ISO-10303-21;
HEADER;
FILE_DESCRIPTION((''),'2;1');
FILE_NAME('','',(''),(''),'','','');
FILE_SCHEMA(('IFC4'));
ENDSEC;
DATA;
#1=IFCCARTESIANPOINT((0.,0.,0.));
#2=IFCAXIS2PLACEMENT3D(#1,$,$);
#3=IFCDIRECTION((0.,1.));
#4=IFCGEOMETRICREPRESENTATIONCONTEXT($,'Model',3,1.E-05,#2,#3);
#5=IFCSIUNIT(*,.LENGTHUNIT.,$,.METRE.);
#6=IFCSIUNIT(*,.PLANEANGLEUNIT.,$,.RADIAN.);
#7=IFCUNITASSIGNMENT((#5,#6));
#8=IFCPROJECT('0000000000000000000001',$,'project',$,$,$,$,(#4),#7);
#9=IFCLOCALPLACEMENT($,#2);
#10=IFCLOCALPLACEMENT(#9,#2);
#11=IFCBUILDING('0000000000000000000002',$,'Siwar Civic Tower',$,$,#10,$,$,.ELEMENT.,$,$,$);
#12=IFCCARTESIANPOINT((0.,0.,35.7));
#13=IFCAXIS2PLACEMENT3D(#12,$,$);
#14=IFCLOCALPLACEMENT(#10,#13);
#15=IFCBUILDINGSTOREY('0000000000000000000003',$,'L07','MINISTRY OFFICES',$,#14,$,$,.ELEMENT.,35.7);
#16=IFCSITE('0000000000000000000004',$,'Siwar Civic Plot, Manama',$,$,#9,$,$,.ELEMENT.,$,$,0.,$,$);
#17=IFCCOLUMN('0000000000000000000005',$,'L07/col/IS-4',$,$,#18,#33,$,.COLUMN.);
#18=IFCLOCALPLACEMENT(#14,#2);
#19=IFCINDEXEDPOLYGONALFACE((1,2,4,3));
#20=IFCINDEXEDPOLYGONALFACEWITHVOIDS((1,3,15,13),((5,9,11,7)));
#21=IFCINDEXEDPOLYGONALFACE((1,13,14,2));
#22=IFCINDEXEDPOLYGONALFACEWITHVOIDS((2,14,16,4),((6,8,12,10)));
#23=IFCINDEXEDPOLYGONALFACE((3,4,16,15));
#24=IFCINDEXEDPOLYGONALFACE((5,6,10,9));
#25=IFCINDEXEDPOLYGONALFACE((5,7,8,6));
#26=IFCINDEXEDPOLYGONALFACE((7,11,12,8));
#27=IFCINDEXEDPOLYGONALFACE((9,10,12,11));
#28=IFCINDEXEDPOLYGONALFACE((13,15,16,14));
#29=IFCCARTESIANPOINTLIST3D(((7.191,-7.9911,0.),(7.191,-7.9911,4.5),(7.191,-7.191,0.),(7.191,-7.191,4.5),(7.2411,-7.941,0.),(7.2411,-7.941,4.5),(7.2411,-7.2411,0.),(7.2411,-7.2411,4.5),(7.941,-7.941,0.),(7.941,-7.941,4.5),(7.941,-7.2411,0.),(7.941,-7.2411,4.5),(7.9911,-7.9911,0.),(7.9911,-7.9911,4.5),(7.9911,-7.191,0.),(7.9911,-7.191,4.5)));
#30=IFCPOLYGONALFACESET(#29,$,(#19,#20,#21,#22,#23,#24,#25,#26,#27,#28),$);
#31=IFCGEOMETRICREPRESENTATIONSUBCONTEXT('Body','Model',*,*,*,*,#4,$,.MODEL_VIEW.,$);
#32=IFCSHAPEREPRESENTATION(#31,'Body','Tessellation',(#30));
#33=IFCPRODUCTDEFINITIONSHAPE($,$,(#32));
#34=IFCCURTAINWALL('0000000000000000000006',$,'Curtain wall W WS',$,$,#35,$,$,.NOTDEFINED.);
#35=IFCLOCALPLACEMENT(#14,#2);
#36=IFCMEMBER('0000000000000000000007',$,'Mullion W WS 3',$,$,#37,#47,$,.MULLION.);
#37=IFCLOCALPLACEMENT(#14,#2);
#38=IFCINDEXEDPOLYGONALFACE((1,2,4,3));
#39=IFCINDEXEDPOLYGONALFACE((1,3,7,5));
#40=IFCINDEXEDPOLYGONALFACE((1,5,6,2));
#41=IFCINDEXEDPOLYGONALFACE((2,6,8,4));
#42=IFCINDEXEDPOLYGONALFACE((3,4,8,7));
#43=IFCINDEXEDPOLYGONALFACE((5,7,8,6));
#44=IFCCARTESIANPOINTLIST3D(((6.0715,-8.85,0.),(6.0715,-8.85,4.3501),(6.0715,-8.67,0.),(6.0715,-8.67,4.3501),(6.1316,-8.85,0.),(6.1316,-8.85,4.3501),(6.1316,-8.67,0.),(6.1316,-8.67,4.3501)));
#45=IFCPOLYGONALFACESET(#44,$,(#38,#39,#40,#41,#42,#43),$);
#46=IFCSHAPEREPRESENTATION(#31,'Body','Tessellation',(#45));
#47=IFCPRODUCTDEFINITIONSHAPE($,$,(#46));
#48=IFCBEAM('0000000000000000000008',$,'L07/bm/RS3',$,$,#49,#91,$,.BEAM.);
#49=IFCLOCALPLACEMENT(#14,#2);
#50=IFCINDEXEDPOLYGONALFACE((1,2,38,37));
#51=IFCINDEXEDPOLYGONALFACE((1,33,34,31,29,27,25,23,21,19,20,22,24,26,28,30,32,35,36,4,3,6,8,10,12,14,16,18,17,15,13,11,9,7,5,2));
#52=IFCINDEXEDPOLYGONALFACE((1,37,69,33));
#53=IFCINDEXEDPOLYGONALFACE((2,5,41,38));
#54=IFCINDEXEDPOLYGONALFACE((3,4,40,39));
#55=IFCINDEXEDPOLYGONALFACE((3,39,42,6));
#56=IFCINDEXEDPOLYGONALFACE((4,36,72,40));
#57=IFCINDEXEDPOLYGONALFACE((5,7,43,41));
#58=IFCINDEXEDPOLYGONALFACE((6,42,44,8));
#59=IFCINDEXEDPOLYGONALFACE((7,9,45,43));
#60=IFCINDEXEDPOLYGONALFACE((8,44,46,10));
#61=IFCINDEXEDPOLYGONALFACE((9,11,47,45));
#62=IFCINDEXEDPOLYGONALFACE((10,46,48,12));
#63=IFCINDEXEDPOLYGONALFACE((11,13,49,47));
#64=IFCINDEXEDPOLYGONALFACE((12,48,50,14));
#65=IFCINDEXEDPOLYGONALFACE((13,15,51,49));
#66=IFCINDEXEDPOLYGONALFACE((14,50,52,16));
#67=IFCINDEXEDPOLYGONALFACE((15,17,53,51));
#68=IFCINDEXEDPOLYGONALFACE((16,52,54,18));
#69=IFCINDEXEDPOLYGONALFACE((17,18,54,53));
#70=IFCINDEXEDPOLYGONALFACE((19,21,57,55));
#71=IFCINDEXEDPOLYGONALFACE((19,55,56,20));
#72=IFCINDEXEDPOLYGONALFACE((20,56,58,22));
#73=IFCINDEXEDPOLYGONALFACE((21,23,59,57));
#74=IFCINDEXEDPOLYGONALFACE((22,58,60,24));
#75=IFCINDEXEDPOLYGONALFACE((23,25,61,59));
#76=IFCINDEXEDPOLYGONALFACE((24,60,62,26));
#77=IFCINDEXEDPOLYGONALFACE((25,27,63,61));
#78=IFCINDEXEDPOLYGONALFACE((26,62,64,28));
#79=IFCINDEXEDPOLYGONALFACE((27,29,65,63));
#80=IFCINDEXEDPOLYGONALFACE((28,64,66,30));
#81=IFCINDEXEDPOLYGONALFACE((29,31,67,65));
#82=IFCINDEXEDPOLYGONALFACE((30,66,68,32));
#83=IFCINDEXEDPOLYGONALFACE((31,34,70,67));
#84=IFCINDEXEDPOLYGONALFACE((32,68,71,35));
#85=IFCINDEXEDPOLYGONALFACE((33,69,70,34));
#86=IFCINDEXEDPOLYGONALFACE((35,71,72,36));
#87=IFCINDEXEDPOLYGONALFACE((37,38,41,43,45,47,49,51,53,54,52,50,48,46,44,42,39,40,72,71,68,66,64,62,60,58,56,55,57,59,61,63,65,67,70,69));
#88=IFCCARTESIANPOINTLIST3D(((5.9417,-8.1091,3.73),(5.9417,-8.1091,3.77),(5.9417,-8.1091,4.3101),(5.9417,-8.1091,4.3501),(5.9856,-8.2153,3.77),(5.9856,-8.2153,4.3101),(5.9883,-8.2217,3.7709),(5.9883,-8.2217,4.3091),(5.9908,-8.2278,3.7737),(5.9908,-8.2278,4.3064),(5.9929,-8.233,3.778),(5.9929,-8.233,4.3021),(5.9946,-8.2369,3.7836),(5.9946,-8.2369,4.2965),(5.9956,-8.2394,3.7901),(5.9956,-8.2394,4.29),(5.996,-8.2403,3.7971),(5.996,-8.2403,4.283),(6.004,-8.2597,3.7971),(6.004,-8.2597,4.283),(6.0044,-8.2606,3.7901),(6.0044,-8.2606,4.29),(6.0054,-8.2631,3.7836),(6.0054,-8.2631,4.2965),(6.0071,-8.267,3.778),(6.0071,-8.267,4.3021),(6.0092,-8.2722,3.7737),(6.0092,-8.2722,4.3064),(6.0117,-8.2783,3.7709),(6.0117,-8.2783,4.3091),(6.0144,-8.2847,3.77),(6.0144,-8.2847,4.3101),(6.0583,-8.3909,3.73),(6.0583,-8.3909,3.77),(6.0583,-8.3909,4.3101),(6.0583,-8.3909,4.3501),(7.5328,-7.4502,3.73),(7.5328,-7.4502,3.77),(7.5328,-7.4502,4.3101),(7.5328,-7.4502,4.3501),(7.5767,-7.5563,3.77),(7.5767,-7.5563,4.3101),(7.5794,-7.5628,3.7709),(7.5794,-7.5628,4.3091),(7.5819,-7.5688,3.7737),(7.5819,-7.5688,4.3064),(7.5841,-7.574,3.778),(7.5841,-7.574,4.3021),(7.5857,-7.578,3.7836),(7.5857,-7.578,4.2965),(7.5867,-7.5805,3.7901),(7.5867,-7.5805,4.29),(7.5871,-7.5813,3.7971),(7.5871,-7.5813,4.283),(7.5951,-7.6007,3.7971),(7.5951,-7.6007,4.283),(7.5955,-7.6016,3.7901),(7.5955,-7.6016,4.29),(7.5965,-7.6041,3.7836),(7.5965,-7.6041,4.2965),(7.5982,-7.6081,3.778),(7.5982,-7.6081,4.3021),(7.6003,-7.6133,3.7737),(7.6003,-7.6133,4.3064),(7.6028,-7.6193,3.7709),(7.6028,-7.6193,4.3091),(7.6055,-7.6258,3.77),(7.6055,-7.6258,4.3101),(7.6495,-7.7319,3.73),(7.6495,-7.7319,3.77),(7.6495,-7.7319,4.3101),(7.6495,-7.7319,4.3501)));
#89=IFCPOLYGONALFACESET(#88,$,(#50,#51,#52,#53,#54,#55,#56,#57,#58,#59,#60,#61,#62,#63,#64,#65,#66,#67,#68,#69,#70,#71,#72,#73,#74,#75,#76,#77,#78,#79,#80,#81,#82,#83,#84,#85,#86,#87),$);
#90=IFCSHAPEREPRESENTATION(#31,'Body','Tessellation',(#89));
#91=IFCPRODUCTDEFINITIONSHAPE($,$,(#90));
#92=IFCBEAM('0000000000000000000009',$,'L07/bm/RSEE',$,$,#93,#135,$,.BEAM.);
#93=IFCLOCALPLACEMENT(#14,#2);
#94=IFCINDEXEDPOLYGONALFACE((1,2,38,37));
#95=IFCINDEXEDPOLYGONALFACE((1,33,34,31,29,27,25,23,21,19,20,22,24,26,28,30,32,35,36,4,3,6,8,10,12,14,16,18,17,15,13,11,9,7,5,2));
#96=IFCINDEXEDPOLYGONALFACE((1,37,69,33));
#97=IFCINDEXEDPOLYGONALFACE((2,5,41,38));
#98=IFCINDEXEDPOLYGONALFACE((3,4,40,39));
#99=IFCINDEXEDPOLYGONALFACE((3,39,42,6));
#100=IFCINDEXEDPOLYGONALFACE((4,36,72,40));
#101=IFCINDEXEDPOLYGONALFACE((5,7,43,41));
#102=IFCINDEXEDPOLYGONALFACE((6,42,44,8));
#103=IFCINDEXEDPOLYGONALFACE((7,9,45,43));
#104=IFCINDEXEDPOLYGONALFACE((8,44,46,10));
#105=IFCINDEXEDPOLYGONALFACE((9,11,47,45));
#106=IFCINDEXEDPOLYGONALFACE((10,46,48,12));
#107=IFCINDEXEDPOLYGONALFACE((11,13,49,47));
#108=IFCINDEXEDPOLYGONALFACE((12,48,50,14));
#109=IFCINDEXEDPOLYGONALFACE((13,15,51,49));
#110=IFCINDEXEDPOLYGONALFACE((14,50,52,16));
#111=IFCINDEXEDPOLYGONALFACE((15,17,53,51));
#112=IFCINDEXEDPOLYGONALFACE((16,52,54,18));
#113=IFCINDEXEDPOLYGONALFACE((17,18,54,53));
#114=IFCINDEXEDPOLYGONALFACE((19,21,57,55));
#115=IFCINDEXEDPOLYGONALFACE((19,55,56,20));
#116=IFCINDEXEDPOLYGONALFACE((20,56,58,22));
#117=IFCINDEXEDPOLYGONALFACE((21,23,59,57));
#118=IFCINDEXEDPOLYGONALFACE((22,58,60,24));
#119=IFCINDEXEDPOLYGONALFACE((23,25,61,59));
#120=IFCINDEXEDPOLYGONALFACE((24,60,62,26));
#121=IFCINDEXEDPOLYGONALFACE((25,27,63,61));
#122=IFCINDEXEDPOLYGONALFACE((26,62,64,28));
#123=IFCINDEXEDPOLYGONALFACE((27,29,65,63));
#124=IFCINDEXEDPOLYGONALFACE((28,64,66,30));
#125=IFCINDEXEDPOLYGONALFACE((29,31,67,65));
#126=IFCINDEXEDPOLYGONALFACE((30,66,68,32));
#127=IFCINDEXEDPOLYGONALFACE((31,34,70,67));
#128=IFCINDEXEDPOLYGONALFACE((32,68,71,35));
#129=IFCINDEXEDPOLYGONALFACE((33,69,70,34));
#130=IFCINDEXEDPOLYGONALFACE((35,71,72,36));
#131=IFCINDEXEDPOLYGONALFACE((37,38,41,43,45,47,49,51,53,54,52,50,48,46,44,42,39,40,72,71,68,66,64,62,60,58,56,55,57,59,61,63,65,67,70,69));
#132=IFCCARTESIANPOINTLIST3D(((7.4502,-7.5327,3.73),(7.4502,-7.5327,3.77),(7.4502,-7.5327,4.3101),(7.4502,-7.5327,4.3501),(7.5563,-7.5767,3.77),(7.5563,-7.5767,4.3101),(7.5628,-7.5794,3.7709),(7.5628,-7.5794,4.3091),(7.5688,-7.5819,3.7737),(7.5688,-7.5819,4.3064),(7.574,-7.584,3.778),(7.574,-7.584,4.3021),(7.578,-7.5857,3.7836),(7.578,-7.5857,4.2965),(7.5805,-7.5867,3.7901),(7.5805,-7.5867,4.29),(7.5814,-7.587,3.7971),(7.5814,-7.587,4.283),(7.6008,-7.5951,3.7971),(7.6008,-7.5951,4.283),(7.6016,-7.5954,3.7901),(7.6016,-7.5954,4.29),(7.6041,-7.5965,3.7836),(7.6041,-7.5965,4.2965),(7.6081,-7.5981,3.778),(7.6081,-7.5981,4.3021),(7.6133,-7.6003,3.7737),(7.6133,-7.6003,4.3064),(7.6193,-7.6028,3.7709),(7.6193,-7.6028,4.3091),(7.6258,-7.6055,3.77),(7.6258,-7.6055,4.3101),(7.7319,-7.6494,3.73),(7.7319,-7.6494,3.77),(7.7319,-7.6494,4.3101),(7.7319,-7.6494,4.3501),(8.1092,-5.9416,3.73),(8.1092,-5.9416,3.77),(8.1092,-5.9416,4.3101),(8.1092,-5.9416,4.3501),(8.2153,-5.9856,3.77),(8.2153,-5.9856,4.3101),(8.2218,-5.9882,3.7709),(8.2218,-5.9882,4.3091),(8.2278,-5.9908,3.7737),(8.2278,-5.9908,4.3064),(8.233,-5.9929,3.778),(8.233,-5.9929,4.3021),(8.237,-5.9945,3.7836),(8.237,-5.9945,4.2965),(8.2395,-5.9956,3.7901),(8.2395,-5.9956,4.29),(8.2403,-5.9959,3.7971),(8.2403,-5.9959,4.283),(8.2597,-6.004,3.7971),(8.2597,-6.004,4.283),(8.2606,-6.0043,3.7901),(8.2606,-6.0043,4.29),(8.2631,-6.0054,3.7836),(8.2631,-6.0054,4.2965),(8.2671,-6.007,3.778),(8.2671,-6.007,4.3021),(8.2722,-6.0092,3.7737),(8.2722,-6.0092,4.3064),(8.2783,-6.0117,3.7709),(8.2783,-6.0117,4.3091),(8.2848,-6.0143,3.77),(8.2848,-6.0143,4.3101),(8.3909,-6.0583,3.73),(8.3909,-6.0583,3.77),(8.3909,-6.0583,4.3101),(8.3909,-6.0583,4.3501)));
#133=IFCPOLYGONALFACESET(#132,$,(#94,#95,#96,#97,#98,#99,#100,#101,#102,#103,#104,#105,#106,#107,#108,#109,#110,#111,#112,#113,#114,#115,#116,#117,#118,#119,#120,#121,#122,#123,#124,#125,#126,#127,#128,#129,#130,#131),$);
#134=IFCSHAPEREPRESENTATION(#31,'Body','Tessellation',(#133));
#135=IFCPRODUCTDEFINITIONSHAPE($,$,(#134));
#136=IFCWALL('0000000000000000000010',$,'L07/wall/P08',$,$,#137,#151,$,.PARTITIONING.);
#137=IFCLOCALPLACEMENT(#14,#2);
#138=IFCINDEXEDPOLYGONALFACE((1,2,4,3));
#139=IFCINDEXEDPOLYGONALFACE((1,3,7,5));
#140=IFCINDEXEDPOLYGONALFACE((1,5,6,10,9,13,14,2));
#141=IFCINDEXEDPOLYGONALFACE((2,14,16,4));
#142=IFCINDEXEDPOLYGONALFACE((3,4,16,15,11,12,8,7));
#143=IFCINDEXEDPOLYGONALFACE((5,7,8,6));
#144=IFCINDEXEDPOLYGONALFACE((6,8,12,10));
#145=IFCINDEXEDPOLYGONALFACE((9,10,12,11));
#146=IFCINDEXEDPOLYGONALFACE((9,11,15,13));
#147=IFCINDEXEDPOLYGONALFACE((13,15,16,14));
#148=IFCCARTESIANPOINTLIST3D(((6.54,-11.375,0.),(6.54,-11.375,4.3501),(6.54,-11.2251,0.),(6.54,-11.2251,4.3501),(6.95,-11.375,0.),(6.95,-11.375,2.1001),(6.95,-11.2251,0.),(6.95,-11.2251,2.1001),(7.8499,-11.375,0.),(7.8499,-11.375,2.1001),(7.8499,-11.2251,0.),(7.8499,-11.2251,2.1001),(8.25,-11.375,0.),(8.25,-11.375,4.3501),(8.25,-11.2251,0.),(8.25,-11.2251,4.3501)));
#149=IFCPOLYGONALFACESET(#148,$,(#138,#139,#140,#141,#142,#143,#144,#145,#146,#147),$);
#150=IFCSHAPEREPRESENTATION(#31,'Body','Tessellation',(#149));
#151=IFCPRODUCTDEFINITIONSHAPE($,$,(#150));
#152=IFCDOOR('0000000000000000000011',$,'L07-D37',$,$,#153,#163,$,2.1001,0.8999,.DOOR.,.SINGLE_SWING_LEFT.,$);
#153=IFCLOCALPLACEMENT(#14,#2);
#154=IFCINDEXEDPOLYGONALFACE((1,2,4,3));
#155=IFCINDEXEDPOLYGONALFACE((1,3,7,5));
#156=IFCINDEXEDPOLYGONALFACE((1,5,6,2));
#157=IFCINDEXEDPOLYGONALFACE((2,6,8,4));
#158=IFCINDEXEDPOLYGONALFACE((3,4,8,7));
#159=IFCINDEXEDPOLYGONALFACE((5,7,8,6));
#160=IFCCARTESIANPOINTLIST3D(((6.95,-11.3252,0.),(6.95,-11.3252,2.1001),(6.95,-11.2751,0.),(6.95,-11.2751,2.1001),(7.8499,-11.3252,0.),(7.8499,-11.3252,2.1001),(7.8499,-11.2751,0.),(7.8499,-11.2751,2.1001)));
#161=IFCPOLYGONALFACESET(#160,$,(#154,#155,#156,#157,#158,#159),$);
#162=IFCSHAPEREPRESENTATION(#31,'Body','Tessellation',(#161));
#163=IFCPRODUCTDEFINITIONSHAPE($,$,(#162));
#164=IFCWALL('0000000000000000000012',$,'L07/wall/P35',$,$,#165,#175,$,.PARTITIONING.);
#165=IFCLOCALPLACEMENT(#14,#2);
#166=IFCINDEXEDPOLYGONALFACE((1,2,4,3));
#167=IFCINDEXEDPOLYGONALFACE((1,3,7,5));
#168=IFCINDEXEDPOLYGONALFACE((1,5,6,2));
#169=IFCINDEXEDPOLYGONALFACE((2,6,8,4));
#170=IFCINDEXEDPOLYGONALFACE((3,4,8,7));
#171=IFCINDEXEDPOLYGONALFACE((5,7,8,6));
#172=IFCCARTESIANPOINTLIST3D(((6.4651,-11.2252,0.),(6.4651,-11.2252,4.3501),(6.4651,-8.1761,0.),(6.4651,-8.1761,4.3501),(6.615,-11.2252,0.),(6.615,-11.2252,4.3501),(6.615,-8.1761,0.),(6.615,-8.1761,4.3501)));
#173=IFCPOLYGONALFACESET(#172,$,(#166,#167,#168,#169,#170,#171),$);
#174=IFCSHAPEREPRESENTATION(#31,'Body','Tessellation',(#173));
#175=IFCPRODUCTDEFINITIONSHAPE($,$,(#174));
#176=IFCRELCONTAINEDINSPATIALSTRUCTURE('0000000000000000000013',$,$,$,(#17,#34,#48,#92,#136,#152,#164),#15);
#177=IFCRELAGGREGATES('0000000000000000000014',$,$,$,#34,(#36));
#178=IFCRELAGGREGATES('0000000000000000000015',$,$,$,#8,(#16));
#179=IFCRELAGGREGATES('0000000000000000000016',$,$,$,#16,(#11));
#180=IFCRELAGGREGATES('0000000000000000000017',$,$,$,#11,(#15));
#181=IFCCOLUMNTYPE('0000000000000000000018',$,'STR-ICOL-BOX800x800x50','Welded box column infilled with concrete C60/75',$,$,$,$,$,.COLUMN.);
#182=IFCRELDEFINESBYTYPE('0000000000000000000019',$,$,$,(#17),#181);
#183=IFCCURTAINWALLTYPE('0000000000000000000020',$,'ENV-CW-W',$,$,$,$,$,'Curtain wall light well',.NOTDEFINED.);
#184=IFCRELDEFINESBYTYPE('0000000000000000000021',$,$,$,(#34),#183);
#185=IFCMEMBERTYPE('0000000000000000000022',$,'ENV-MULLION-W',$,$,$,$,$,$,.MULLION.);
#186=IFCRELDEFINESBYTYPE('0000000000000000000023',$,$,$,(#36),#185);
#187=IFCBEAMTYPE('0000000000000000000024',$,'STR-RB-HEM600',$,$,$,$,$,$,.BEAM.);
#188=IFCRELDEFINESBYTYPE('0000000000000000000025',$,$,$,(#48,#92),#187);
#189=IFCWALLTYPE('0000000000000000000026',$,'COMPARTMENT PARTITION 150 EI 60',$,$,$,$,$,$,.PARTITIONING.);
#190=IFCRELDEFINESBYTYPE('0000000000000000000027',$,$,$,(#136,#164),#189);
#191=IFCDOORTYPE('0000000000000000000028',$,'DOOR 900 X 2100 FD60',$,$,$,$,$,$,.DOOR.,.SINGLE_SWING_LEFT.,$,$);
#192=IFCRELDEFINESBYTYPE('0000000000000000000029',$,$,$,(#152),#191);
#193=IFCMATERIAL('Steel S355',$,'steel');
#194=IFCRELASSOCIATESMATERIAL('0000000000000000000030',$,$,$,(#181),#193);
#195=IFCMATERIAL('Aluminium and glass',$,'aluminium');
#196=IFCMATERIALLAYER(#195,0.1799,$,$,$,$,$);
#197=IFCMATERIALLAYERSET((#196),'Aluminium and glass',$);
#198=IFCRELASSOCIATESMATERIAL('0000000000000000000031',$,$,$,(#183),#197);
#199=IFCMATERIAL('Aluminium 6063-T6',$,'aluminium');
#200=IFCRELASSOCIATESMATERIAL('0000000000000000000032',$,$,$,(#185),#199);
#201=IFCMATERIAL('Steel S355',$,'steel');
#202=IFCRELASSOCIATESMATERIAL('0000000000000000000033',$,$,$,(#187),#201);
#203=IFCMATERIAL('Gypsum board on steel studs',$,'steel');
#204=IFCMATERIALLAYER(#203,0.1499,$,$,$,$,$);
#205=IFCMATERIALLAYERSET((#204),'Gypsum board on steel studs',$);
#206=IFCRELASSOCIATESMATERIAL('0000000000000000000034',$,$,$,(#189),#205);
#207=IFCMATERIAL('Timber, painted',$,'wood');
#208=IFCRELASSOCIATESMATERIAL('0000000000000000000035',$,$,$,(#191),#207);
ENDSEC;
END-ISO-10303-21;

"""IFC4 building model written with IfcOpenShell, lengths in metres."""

from ifc_helpers import new_model, si_unit, direction, frame, frame_2d, origin, origin_2d, place, context, subcontext, project, spatial, rectangle, hollow_rectangle, i_section, extrude, material, layer, layer_set, material_profile, profile_set, type_object, element, fill, aggregate, save


model = new_model("IFC4")

# Units and contexts
model_context = context("Model", 3, precision=1e-05, world=origin(), true_north=direction((0.0, 1.0)))
body_context = subcontext(model_context, "Body", "Model", "MODEL_VIEW")
ifc_project = project(units=[si_unit("LENGTHUNIT", "METRE"), si_unit("PLANEANGLEUNIT", "RADIAN")], contexts=[model_context])

# Site, building, storey
site_placement = place(None, origin())
site = spatial("IfcSite", under=ifc_project, at=site_placement, Name="Siwar Civic Plot, Manama", CompositionType="ELEMENT", RefElevation=0.0)
building_placement = place(site_placement, origin())
building = spatial("IfcBuilding", under=site, at=building_placement, Name="Siwar Civic Tower", CompositionType="ELEMENT")
storey_placement = place(building_placement, frame((0.0, 0.0, 35.7)))
storey = spatial("IfcBuildingStorey", under=building, at=storey_placement, Name="L07", Description="MINISTRY OFFICES", CompositionType="ELEMENT", Elevation=35.7)

# Column
ifc_material_1 = material(Name="Steel S355", Category="steel")
ifc_material_profile_1 = material_profile(ifc_material_1, hollow_rectangle(XDim=0.8, YDim=0.8, WallThickness=0.05, at=origin_2d()), Name="BOX800x800x50")
ifc_profile_set_1 = profile_set([ifc_material_profile_1], Name="Steel S355")
column_type = type_object("IfcColumnType", Name="STR-ICOL-BOX800x800x50", Description="Welded box column infilled with concrete C60/75", PredefinedType="COLUMN", material=ifc_profile_set_1)
column_placement = place(storey_placement, frame((7.5911, -7.5911, 0.0), z_axis=(0.0, 0.0, 1.0), x_axis=(1.0, 0.0, 0.0)))
element("IfcColumn", 1, at=column_placement, inside=storey, type_object=column_type, Name="L07/col/IS-4", PredefinedType="COLUMN", context=body_context, shape_type="SweptSolid", body=[
    extrude(hollow_rectangle(XDim=0.8, YDim=0.8, WallThickness=0.05, at=origin_2d()), origin(), (0.0, 0.0, 1.0), 4.5),
])

# Curtain wall, member
ifc_material_2 = material(Name="Aluminium and glass", Category="aluminium")
ifc_layer_1 = layer(ifc_material_2, 0.1799)
ifc_layer_set_1 = layer_set([ifc_layer_1], Name="Aluminium and glass")
curtain_wall_type = type_object("IfcCurtainWallType", Name="ENV-CW-W", ElementType="Curtain wall light well", PredefinedType="NOTDEFINED", material=ifc_layer_set_1)
curtain_wall_placement = place(storey_placement, origin())
curtain_wall = element("IfcCurtainWall", 2, at=curtain_wall_placement, inside=storey, type_object=curtain_wall_type, Name="Curtain wall W WS", PredefinedType="NOTDEFINED")
ifc_material_3 = material(Name="Aluminium 6063-T6", Category="aluminium")
ifc_material_profile_2 = material_profile(ifc_material_3, rectangle(XDim=0.1799, YDim=0.0601, at=origin_2d()), Name="AL 180x60")
ifc_profile_set_2 = profile_set([ifc_material_profile_2], Name="Aluminium 6063-T6")
member_type = type_object("IfcMemberType", Name="ENV-MULLION-W", PredefinedType="MULLION", material=ifc_profile_set_2)
member_placement = place(storey_placement, frame((6.1016, -8.76, 0.0), z_axis=(0.0, 0.0, 1.0), x_axis=(0.0, 1.0, 0.0)))
member = element("IfcMember", 3, at=member_placement, type_object=member_type, Name="Mullion W WS 3", PredefinedType="MULLION", context=body_context, shape_type="SweptSolid", body=[
    extrude(rectangle(XDim=0.1799, YDim=0.0601, at=origin_2d()), origin(), (0.0, 0.0, 1.0), 4.3501),
])
aggregate(curtain_wall, [member])

# Beams
ifc_material_4 = material(Name="Steel S355", Category="steel")
ifc_material_profile_3 = material_profile(ifc_material_4, i_section(OverallWidth=0.3049, OverallDepth=0.6201, WebThickness=0.021, FlangeThickness=0.04, FilletRadius=0.0271, at=origin_2d()), Name="HEM600")
ifc_profile_set_3 = profile_set([ifc_material_profile_3], Name="Steel S355")
beam_type = type_object("IfcBeamType", Name="STR-RB-HEM600", PredefinedType="BEAM", material=ifc_profile_set_3)
for number, where, z_axis, x_axis, name in (
    (4, (6.0, -8.25, 4.04), (0.923901, 0.382631, 0.0), (-0.382631, 0.923901, 0.0), "L07/bm/RS3"),
    (5, (7.5911, -7.5911, 4.04), (0.382631, 0.923901, 0.0), (-0.923901, 0.382631, 0.0), "L07/bm/RSEE"),
):
    element("IfcBeam", number, at=place(storey_placement, frame(where, z_axis=z_axis, x_axis=x_axis)), inside=storey, type_object=beam_type, Name=name, PredefinedType="BEAM", context=body_context, shape_type="SweptSolid", body=[
        extrude(i_section(OverallWidth=0.3049, OverallDepth=0.6201, WebThickness=0.021, FlangeThickness=0.04, FilletRadius=0.0271, at=origin_2d()), origin(), (0.0, 0.0, 1.0), 1.7222),
    ])

# Wall, opening, door
ifc_material_5 = material(Name="Gypsum board on steel studs", Category="steel")
ifc_layer_2 = layer(ifc_material_5, 0.1499)
ifc_layer_set_2 = layer_set([ifc_layer_2], Name="Gypsum board on steel studs")
wall_type_1 = type_object("IfcWallType", Name="COMPARTMENT PARTITION 150 EI 60", PredefinedType="PARTITIONING", material=ifc_layer_set_2)
wall_1_placement = place(storey_placement, frame((6.54, -11.3, 0.0), z_axis=(0.0, 0.0, 1.0), x_axis=(1.0, 0.0, 0.0)))
wall_1 = element("IfcWall", 6, at=wall_1_placement, inside=storey, type_object=wall_type_1, Name="L07/wall/P08", PredefinedType="PARTITIONING", context=body_context, shape_type="SweptSolid", body=[
    extrude(rectangle(XDim=1.71, YDim=0.1499, at=frame_2d((0.855, 0.0))), origin(), (0.0, 0.0, 1.0), 4.3501),
])
opening_1_placement = place(wall_1_placement, frame((0.4099, 0.0, 0.0)))
opening_1 = element("IfcOpeningElement", 7, at=opening_1_placement, cuts=wall_1, PredefinedType="OPENING", context=body_context, shape_type="SweptSolid", body=[
    extrude(rectangle(XDim=0.8999, YDim=2.1001, at=frame_2d((0.45, 1.05))), frame((0.0, 0.085, 0.0), z_axis=(0.0, -1.0, 0.0), x_axis=(1.0, 0.0, 0.0)), (0.0, 0.0, 1.0), 0.1699),
])
ifc_material_6 = material(Name="Timber, painted", Category="wood")
door_type_1 = type_object("IfcDoorType", Name="DOOR 900 X 2100 FD60", OperationType="SINGLE_SWING_LEFT", PredefinedType="DOOR", material=ifc_material_6)
door_1_placement = place(opening_1_placement, origin())
door_1 = element("IfcDoor", 8, at=door_1_placement, inside=storey, type_object=door_type_1, Name="L07-D37", OperationType="SINGLE_SWING_LEFT", OverallHeight=2.1001, OverallWidth=0.8999, PredefinedType="DOOR", context=body_context, shape_type="SweptSolid", body=[
    extrude(rectangle(XDim=0.8999, YDim=2.1001, at=frame_2d((0.45, 1.05))), frame((0.0, 0.0249, 0.0), z_axis=(0.0, -1.0, 0.0), x_axis=(1.0, 0.0, 0.0)), (0.0, 0.0, 1.0), 0.05),
])
fill(opening_1, door_1)

# Wall
wall_2_placement = place(storey_placement, frame((6.54, -11.2251, 0.0), z_axis=(0.0, 0.0, 1.0), x_axis=(0.0, 1.0, 0.0)))
element("IfcWall", 9, at=wall_2_placement, inside=storey, type_object=wall_type_1, Name="L07/wall/P35", PredefinedType="PARTITIONING", context=body_context, shape_type="SweptSolid", body=[
    extrude(rectangle(XDim=3.0491, YDim=0.1499, at=frame_2d((1.5244, 0.0))), origin(), (0.0, 0.0, 1.0), 4.3501),
])

save(model, "model.ifc")
